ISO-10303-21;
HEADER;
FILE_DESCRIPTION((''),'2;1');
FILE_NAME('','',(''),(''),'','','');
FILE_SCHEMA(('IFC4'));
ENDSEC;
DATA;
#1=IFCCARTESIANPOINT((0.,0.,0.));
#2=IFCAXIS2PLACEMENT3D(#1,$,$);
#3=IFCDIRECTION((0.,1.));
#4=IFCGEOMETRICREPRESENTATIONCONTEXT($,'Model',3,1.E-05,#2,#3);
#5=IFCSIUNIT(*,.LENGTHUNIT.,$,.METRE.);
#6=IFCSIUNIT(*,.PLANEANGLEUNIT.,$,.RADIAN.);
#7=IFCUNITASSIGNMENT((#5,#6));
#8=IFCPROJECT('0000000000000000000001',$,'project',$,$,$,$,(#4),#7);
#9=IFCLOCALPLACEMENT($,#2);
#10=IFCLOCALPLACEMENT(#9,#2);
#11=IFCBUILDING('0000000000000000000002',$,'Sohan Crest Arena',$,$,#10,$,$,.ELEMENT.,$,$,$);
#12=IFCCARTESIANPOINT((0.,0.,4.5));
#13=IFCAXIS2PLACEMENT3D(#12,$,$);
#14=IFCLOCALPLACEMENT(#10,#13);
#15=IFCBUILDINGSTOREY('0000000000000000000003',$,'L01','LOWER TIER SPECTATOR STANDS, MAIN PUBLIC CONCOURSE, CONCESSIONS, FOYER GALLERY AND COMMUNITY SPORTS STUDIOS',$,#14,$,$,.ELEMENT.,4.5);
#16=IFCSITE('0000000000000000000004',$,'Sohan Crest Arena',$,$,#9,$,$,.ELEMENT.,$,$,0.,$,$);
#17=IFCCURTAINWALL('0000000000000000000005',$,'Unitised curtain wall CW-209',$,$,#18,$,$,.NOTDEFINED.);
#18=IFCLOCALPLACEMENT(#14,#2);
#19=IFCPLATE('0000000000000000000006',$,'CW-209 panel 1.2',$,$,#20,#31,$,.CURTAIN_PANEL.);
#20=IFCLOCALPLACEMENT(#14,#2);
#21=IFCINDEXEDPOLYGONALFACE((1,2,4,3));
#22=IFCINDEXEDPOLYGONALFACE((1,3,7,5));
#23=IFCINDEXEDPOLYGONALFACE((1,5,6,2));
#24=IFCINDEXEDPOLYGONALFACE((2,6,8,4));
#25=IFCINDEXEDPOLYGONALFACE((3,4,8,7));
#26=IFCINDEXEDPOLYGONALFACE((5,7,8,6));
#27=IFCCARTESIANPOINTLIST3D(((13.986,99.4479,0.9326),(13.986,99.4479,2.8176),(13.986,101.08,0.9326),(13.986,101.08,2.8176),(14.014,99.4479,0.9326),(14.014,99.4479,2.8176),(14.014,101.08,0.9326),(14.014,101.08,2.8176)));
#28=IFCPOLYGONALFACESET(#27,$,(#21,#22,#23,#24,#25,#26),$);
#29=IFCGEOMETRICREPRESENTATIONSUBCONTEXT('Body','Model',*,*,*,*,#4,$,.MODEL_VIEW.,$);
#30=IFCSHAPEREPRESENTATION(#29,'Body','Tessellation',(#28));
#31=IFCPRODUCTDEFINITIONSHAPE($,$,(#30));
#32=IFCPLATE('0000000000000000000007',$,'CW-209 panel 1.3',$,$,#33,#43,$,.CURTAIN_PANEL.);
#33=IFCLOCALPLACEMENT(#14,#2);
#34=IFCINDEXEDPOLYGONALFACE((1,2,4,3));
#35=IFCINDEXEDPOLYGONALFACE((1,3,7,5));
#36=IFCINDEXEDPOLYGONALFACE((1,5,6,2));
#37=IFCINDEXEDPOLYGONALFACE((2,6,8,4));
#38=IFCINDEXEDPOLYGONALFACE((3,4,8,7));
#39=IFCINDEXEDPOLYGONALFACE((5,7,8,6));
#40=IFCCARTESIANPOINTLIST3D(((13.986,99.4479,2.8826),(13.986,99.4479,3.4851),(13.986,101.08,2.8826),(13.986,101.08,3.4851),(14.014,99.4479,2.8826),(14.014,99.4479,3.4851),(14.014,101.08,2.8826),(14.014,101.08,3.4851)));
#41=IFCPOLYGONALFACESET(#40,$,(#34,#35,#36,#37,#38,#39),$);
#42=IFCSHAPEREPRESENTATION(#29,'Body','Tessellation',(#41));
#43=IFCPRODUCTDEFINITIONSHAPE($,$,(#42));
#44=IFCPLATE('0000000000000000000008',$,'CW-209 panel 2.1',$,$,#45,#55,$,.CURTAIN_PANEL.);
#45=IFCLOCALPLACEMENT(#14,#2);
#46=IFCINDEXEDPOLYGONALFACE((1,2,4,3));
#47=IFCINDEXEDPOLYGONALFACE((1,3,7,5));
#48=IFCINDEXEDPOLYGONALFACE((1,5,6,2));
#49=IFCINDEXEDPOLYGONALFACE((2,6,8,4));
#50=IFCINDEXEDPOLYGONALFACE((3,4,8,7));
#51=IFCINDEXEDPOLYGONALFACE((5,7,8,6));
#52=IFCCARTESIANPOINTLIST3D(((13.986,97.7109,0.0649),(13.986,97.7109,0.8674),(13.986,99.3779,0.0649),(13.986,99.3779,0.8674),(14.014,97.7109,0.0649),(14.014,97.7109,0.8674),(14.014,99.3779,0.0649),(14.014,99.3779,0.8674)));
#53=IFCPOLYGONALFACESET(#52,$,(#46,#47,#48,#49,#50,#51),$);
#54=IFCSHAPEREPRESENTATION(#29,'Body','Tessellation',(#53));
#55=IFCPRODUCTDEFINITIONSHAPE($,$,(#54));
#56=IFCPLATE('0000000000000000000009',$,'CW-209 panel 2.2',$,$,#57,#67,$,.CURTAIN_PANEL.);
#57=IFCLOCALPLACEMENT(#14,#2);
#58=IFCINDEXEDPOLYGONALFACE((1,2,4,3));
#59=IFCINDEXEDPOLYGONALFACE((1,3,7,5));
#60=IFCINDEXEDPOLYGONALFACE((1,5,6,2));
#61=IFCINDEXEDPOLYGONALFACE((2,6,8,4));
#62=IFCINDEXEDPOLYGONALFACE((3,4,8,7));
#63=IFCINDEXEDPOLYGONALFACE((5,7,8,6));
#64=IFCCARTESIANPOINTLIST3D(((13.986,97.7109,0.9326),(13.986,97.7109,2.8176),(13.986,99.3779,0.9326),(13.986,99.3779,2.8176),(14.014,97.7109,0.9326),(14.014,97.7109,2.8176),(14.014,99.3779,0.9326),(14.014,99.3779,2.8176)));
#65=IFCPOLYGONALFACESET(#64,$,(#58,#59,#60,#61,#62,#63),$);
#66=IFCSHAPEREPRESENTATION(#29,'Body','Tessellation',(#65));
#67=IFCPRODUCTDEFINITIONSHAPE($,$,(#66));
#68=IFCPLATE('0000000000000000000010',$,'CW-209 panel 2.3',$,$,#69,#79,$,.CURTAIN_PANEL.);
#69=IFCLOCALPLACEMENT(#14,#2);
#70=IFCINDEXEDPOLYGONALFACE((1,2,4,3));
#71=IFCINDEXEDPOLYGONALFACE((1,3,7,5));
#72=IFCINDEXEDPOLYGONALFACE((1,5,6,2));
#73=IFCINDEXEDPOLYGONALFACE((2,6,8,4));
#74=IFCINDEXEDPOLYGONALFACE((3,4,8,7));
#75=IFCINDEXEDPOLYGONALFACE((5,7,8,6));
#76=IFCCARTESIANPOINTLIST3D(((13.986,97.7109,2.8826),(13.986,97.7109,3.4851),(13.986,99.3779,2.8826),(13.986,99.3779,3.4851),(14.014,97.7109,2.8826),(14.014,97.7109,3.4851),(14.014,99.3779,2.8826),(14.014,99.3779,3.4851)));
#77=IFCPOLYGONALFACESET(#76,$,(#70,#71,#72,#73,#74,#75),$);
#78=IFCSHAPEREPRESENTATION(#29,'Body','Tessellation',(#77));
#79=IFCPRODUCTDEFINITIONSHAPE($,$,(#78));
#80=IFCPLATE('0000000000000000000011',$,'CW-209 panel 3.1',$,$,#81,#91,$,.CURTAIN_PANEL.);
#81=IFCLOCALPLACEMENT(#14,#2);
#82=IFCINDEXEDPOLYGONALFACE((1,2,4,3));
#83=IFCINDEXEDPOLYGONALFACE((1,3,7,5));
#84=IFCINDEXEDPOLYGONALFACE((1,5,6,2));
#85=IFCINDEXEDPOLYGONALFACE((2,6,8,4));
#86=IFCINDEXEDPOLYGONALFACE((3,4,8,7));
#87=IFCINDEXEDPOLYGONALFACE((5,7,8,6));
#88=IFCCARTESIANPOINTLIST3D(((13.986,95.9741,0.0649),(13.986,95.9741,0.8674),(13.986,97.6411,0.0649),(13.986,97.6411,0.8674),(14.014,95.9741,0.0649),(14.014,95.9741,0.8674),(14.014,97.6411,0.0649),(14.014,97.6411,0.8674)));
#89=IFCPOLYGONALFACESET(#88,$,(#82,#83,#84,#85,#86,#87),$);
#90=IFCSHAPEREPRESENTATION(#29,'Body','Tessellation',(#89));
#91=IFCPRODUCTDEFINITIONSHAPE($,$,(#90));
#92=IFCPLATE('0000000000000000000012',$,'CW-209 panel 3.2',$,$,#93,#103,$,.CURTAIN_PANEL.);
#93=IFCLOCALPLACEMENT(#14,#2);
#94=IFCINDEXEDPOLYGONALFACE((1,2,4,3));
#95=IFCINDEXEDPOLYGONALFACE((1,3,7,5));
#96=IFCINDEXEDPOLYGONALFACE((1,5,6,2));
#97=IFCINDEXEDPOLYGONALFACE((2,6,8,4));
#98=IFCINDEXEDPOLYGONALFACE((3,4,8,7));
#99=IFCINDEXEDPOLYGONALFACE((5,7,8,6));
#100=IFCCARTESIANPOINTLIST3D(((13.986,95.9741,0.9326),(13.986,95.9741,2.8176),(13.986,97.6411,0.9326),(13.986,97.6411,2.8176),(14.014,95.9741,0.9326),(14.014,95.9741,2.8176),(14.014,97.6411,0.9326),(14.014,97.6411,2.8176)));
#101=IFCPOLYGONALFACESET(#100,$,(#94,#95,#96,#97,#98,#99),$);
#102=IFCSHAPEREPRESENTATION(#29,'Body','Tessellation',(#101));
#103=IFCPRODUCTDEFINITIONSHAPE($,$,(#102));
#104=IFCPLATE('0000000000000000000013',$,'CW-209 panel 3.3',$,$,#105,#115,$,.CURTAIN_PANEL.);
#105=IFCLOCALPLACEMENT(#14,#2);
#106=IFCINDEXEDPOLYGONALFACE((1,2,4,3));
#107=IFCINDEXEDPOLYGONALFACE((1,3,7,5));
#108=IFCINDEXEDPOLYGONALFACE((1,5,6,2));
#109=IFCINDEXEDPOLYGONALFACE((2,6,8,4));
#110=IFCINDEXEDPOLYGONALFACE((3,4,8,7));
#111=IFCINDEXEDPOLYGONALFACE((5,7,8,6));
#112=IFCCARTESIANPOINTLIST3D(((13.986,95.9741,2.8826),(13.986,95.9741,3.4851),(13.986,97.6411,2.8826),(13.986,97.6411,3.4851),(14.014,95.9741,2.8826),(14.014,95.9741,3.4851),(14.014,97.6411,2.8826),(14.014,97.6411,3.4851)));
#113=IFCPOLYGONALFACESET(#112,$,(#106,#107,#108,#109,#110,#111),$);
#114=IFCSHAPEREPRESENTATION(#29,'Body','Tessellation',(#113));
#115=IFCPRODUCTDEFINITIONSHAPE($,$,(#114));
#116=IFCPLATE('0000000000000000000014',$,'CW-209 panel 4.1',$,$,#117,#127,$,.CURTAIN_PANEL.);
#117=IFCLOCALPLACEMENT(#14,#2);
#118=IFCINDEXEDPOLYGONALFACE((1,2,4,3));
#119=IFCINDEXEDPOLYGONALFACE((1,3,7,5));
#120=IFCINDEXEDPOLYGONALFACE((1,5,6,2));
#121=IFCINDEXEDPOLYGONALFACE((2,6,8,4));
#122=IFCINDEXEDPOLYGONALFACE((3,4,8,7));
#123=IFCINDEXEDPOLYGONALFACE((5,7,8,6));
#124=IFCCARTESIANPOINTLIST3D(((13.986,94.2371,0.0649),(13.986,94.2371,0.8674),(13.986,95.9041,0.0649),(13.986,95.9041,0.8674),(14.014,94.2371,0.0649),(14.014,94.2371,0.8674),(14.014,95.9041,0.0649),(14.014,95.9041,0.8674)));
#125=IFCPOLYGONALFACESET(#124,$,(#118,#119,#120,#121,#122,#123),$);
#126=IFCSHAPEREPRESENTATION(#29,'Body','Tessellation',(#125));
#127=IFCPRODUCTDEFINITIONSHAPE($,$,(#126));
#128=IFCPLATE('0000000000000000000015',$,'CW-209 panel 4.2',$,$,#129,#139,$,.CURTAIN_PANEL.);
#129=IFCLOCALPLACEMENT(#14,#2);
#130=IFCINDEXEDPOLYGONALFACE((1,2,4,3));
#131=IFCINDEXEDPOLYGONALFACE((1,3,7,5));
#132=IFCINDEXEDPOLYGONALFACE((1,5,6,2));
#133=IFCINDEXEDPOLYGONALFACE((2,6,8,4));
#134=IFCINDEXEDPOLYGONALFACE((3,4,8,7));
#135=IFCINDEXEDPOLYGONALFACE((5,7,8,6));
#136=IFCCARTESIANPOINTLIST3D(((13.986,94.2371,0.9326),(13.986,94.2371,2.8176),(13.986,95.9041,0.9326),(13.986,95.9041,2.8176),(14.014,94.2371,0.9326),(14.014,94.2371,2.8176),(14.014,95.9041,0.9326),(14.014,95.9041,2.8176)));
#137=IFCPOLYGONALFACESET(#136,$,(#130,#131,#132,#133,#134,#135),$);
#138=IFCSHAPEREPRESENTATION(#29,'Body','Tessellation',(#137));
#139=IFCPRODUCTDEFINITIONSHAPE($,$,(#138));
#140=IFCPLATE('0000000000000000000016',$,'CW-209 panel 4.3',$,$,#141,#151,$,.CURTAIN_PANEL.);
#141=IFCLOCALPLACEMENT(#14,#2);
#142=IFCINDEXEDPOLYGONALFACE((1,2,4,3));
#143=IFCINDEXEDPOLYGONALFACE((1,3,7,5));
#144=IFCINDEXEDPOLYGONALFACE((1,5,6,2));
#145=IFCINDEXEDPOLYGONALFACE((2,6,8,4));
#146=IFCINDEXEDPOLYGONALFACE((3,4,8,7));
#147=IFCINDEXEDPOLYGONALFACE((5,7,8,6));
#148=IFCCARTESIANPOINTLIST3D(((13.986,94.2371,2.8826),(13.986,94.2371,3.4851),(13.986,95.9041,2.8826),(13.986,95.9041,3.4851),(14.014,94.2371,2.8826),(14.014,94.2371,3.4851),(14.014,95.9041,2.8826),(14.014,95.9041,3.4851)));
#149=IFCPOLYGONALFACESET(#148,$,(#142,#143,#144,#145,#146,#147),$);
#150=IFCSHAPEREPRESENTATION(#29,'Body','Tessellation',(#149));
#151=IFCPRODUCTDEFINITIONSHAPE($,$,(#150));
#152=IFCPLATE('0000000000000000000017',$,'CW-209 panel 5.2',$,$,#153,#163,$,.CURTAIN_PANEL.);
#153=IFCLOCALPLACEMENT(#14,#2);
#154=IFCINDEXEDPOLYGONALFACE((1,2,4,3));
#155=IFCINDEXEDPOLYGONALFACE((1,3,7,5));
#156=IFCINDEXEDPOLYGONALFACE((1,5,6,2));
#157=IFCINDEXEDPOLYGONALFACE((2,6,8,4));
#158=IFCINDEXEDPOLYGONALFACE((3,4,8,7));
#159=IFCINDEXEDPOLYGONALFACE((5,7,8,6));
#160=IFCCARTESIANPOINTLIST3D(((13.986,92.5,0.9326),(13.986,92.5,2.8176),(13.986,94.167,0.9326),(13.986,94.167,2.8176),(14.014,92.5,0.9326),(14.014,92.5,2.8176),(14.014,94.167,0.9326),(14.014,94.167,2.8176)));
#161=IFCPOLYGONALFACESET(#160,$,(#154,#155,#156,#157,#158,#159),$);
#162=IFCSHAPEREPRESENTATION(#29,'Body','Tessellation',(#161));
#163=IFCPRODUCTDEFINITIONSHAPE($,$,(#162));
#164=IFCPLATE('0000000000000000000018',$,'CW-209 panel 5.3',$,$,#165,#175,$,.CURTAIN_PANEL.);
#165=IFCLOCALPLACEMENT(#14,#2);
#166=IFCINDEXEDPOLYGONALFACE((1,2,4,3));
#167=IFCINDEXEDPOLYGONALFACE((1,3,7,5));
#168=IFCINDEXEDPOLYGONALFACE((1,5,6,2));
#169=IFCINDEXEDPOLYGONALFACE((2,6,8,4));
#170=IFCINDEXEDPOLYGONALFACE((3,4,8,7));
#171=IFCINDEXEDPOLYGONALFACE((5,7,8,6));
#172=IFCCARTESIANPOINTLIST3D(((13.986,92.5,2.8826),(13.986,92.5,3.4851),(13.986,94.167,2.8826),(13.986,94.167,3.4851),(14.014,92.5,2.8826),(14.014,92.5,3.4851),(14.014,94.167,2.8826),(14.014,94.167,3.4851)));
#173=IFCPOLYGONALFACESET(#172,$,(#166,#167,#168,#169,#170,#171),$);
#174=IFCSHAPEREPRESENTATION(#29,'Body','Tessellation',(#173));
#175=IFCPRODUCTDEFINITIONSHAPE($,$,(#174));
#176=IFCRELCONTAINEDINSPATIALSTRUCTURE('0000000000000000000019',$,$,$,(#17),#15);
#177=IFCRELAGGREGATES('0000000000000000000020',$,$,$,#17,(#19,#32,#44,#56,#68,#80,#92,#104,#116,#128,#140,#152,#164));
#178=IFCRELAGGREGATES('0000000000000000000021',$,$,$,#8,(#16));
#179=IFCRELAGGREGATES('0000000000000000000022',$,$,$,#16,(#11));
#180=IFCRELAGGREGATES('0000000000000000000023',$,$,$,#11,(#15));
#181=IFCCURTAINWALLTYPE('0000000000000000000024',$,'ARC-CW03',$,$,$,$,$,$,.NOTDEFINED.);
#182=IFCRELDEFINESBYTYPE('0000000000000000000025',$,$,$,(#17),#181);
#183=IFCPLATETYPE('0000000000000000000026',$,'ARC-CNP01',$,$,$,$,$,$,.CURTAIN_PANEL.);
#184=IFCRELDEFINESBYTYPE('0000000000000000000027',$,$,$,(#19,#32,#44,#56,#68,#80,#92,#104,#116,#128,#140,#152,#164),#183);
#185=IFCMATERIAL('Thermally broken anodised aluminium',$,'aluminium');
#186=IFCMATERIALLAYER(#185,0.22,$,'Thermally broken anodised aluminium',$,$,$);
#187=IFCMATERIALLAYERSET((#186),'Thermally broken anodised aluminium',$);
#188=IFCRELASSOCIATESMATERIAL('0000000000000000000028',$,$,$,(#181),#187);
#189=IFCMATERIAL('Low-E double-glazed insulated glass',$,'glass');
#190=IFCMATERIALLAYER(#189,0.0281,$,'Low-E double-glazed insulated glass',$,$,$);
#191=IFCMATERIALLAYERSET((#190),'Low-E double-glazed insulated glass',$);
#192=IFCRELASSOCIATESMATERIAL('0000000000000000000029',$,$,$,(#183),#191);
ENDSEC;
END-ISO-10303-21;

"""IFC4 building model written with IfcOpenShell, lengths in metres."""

from ifc_helpers import new_model, si_unit, direction, frame, origin, origin_2d, place, context, subcontext, project, spatial, rectangle, extrude, material, layer, layer_set, type_object, element, aggregate, save


model = new_model("IFC4")

# Units and contexts
model_context = context("Model", 3, precision=1e-05, world=origin(), true_north=direction((0.0, 1.0)))
body_context = subcontext(model_context, "Body", "Model", "MODEL_VIEW")
ifc_project = project(units=[si_unit("LENGTHUNIT", "METRE"), si_unit("PLANEANGLEUNIT", "RADIAN")], contexts=[model_context])

# Site, building, storey
site_placement = place(None, origin())
site = spatial("IfcSite", under=ifc_project, at=site_placement, Name="Sohan Crest Arena", CompositionType="ELEMENT", RefElevation=0.0)
building_placement = place(site_placement, origin())
building = spatial("IfcBuilding", under=site, at=building_placement, Name="Sohan Crest Arena", CompositionType="ELEMENT")
storey_placement = place(building_placement, frame((0.0, 0.0, 4.5)))
storey = spatial("IfcBuildingStorey", under=building, at=storey_placement, Name="L01", Description="LOWER TIER SPECTATOR STANDS, MAIN PUBLIC CONCOURSE, CONCESSIONS, FOYER GALLERY AND COMMUNITY SPORTS STUDIOS", CompositionType="ELEMENT", Elevation=4.5)

# Shared definitions
ifc_material_1 = material(Name="Thermally broken anodised aluminium", Category="aluminium")

# Curtain wall
ifc_layer_1 = layer(ifc_material_1, 0.22, Name="Thermally broken anodised aluminium")
ifc_layer_set_1 = layer_set([ifc_layer_1], Name="Thermally broken anodised aluminium")
curtain_wall_type_1 = type_object("IfcCurtainWallType", Name="ARC-CW03", PredefinedType="NOTDEFINED", material=ifc_layer_set_1)
curtain_wall_1_placement = place(storey_placement, origin())
curtain_wall_1 = element("IfcCurtainWall", 1, at=curtain_wall_1_placement, inside=storey, type_object=curtain_wall_type_1, Name="Unitised curtain wall CW-209", PredefinedType="NOTDEFINED")

# Plates
ifc_material_2 = material(Name="Low-E double-glazed insulated glass", Category="glass")
ifc_layer_2 = layer(ifc_material_2, 0.0281, Name="Low-E double-glazed insulated glass")
ifc_layer_set_2 = layer_set([ifc_layer_2], Name="Low-E double-glazed insulated glass")
plate_type = type_object("IfcPlateType", Name="ARC-CNP01", PredefinedType="CURTAIN_PANEL", material=ifc_layer_set_2)
plate_1_placement = place(storey_placement, frame((14.0, 100.2639, 0.9326), z_axis=(0.0, 0.0, 1.0), x_axis=(0.0, -1.0, 0.0)))
plate_1 = element("IfcPlate", 2, at=plate_1_placement, type_object=plate_type, Name="CW-209 panel 1.2", PredefinedType="CURTAIN_PANEL", context=body_context, shape_type="SweptSolid", body=[
    extrude(rectangle(XDim=1.6321, YDim=0.0281, at=origin_2d()), origin(), (0.0, 0.0, 1.0), 1.885),
])
plate_2_placement = place(storey_placement, frame((14.0, 100.2639, 2.8826), z_axis=(0.0, 0.0, 1.0), x_axis=(0.0, -1.0, 0.0)))
plate_2 = element("IfcPlate", 3, at=plate_2_placement, type_object=plate_type, Name="CW-209 panel 1.3", PredefinedType="CURTAIN_PANEL", context=body_context, shape_type="SweptSolid", body=[
    extrude(rectangle(XDim=1.6321, YDim=0.0281, at=origin_2d()), origin(), (0.0, 0.0, 1.0), 0.6025),
])
plate_3_placement = place(storey_placement, frame((14.0, 98.5444, 0.0649), z_axis=(0.0, 0.0, 1.0), x_axis=(0.0, -1.0, 0.0)))
plate_3 = element("IfcPlate", 4, at=plate_3_placement, type_object=plate_type, Name="CW-209 panel 2.1", PredefinedType="CURTAIN_PANEL", context=body_context, shape_type="SweptSolid", body=[
    extrude(rectangle(XDim=1.667, YDim=0.0281, at=origin_2d()), origin(), (0.0, 0.0, 1.0), 0.8025),
])
plate_4_placement = place(storey_placement, frame((14.0, 98.5444, 0.9326), z_axis=(0.0, 0.0, 1.0), x_axis=(0.0, -1.0, 0.0)))
plate_4 = element("IfcPlate", 5, at=plate_4_placement, type_object=plate_type, Name="CW-209 panel 2.2", PredefinedType="CURTAIN_PANEL", context=body_context, shape_type="SweptSolid", body=[
    extrude(rectangle(XDim=1.667, YDim=0.0281, at=origin_2d()), origin(), (0.0, 0.0, 1.0), 1.885),
])
plate_5_placement = place(storey_placement, frame((14.0, 98.5444, 2.8826), z_axis=(0.0, 0.0, 1.0), x_axis=(0.0, -1.0, 0.0)))
plate_5 = element("IfcPlate", 6, at=plate_5_placement, type_object=plate_type, Name="CW-209 panel 2.3", PredefinedType="CURTAIN_PANEL", context=body_context, shape_type="SweptSolid", body=[
    extrude(rectangle(XDim=1.667, YDim=0.0281, at=origin_2d()), origin(), (0.0, 0.0, 1.0), 0.6025),
])
plate_6_placement = place(storey_placement, frame((14.0, 96.8076, 0.0649), z_axis=(0.0, 0.0, 1.0), x_axis=(0.0, -1.0, 0.0)))
plate_6 = element("IfcPlate", 7, at=plate_6_placement, type_object=plate_type, Name="CW-209 panel 3.1", PredefinedType="CURTAIN_PANEL", context=body_context, shape_type="SweptSolid", body=[
    extrude(rectangle(XDim=1.667, YDim=0.0281, at=origin_2d()), origin(), (0.0, 0.0, 1.0), 0.8025),
])
plate_7_placement = place(storey_placement, frame((14.0, 96.8076, 0.9326), z_axis=(0.0, 0.0, 1.0), x_axis=(0.0, -1.0, 0.0)))
plate_7 = element("IfcPlate", 8, at=plate_7_placement, type_object=plate_type, Name="CW-209 panel 3.2", PredefinedType="CURTAIN_PANEL", context=body_context, shape_type="SweptSolid", body=[
    extrude(rectangle(XDim=1.667, YDim=0.0281, at=origin_2d()), origin(), (0.0, 0.0, 1.0), 1.885),
])
plate_8_placement = place(storey_placement, frame((14.0, 96.8076, 2.8826), z_axis=(0.0, 0.0, 1.0), x_axis=(0.0, -1.0, 0.0)))
plate_8 = element("IfcPlate", 9, at=plate_8_placement, type_object=plate_type, Name="CW-209 panel 3.3", PredefinedType="CURTAIN_PANEL", context=body_context, shape_type="SweptSolid", body=[
    extrude(rectangle(XDim=1.667, YDim=0.0281, at=origin_2d()), origin(), (0.0, 0.0, 1.0), 0.6025),
])
plate_9_placement = place(storey_placement, frame((14.0, 95.0706, 0.0649), z_axis=(0.0, 0.0, 1.0), x_axis=(0.0, -1.0, 0.0)))
plate_9 = element("IfcPlate", 10, at=plate_9_placement, type_object=plate_type, Name="CW-209 panel 4.1", PredefinedType="CURTAIN_PANEL", context=body_context, shape_type="SweptSolid", body=[
    extrude(rectangle(XDim=1.667, YDim=0.0281, at=origin_2d()), origin(), (0.0, 0.0, 1.0), 0.8025),
])
plate_10_placement = place(storey_placement, frame((14.0, 95.0706, 0.9326), z_axis=(0.0, 0.0, 1.0), x_axis=(0.0, -1.0, 0.0)))
plate_10 = element("IfcPlate", 11, at=plate_10_placement, type_object=plate_type, Name="CW-209 panel 4.2", PredefinedType="CURTAIN_PANEL", context=body_context, shape_type="SweptSolid", body=[
    extrude(rectangle(XDim=1.667, YDim=0.0281, at=origin_2d()), origin(), (0.0, 0.0, 1.0), 1.885),
])
plate_11_placement = place(storey_placement, frame((14.0, 95.0706, 2.8826), z_axis=(0.0, 0.0, 1.0), x_axis=(0.0, -1.0, 0.0)))
plate_11 = element("IfcPlate", 12, at=plate_11_placement, type_object=plate_type, Name="CW-209 panel 4.3", PredefinedType="CURTAIN_PANEL", context=body_context, shape_type="SweptSolid", body=[
    extrude(rectangle(XDim=1.667, YDim=0.0281, at=origin_2d()), origin(), (0.0, 0.0, 1.0), 0.6025),
])
plate_12_placement = place(storey_placement, frame((14.0, 93.3335, 0.9326), z_axis=(0.0, 0.0, 1.0), x_axis=(0.0, -1.0, 0.0)))
plate_12 = element("IfcPlate", 13, at=plate_12_placement, type_object=plate_type, Name="CW-209 panel 5.2", PredefinedType="CURTAIN_PANEL", context=body_context, shape_type="SweptSolid", body=[
    extrude(rectangle(XDim=1.667, YDim=0.0281, at=origin_2d()), origin(), (0.0, 0.0, 1.0), 1.885),
])
plate_13_placement = place(storey_placement, frame((14.0, 93.3335, 2.8826), z_axis=(0.0, 0.0, 1.0), x_axis=(0.0, -1.0, 0.0)))
plate_13 = element("IfcPlate", 14, at=plate_13_placement, type_object=plate_type, Name="CW-209 panel 5.3", PredefinedType="CURTAIN_PANEL", context=body_context, shape_type="SweptSolid", body=[
    extrude(rectangle(XDim=1.667, YDim=0.0281, at=origin_2d()), origin(), (0.0, 0.0, 1.0), 0.6025),
])
aggregate(curtain_wall_1, [plate_1, plate_2, plate_3, plate_4, plate_5, plate_6, plate_7, plate_8, plate_9, plate_10, plate_11, plate_12, plate_13])

save(model, "model.ifc")
